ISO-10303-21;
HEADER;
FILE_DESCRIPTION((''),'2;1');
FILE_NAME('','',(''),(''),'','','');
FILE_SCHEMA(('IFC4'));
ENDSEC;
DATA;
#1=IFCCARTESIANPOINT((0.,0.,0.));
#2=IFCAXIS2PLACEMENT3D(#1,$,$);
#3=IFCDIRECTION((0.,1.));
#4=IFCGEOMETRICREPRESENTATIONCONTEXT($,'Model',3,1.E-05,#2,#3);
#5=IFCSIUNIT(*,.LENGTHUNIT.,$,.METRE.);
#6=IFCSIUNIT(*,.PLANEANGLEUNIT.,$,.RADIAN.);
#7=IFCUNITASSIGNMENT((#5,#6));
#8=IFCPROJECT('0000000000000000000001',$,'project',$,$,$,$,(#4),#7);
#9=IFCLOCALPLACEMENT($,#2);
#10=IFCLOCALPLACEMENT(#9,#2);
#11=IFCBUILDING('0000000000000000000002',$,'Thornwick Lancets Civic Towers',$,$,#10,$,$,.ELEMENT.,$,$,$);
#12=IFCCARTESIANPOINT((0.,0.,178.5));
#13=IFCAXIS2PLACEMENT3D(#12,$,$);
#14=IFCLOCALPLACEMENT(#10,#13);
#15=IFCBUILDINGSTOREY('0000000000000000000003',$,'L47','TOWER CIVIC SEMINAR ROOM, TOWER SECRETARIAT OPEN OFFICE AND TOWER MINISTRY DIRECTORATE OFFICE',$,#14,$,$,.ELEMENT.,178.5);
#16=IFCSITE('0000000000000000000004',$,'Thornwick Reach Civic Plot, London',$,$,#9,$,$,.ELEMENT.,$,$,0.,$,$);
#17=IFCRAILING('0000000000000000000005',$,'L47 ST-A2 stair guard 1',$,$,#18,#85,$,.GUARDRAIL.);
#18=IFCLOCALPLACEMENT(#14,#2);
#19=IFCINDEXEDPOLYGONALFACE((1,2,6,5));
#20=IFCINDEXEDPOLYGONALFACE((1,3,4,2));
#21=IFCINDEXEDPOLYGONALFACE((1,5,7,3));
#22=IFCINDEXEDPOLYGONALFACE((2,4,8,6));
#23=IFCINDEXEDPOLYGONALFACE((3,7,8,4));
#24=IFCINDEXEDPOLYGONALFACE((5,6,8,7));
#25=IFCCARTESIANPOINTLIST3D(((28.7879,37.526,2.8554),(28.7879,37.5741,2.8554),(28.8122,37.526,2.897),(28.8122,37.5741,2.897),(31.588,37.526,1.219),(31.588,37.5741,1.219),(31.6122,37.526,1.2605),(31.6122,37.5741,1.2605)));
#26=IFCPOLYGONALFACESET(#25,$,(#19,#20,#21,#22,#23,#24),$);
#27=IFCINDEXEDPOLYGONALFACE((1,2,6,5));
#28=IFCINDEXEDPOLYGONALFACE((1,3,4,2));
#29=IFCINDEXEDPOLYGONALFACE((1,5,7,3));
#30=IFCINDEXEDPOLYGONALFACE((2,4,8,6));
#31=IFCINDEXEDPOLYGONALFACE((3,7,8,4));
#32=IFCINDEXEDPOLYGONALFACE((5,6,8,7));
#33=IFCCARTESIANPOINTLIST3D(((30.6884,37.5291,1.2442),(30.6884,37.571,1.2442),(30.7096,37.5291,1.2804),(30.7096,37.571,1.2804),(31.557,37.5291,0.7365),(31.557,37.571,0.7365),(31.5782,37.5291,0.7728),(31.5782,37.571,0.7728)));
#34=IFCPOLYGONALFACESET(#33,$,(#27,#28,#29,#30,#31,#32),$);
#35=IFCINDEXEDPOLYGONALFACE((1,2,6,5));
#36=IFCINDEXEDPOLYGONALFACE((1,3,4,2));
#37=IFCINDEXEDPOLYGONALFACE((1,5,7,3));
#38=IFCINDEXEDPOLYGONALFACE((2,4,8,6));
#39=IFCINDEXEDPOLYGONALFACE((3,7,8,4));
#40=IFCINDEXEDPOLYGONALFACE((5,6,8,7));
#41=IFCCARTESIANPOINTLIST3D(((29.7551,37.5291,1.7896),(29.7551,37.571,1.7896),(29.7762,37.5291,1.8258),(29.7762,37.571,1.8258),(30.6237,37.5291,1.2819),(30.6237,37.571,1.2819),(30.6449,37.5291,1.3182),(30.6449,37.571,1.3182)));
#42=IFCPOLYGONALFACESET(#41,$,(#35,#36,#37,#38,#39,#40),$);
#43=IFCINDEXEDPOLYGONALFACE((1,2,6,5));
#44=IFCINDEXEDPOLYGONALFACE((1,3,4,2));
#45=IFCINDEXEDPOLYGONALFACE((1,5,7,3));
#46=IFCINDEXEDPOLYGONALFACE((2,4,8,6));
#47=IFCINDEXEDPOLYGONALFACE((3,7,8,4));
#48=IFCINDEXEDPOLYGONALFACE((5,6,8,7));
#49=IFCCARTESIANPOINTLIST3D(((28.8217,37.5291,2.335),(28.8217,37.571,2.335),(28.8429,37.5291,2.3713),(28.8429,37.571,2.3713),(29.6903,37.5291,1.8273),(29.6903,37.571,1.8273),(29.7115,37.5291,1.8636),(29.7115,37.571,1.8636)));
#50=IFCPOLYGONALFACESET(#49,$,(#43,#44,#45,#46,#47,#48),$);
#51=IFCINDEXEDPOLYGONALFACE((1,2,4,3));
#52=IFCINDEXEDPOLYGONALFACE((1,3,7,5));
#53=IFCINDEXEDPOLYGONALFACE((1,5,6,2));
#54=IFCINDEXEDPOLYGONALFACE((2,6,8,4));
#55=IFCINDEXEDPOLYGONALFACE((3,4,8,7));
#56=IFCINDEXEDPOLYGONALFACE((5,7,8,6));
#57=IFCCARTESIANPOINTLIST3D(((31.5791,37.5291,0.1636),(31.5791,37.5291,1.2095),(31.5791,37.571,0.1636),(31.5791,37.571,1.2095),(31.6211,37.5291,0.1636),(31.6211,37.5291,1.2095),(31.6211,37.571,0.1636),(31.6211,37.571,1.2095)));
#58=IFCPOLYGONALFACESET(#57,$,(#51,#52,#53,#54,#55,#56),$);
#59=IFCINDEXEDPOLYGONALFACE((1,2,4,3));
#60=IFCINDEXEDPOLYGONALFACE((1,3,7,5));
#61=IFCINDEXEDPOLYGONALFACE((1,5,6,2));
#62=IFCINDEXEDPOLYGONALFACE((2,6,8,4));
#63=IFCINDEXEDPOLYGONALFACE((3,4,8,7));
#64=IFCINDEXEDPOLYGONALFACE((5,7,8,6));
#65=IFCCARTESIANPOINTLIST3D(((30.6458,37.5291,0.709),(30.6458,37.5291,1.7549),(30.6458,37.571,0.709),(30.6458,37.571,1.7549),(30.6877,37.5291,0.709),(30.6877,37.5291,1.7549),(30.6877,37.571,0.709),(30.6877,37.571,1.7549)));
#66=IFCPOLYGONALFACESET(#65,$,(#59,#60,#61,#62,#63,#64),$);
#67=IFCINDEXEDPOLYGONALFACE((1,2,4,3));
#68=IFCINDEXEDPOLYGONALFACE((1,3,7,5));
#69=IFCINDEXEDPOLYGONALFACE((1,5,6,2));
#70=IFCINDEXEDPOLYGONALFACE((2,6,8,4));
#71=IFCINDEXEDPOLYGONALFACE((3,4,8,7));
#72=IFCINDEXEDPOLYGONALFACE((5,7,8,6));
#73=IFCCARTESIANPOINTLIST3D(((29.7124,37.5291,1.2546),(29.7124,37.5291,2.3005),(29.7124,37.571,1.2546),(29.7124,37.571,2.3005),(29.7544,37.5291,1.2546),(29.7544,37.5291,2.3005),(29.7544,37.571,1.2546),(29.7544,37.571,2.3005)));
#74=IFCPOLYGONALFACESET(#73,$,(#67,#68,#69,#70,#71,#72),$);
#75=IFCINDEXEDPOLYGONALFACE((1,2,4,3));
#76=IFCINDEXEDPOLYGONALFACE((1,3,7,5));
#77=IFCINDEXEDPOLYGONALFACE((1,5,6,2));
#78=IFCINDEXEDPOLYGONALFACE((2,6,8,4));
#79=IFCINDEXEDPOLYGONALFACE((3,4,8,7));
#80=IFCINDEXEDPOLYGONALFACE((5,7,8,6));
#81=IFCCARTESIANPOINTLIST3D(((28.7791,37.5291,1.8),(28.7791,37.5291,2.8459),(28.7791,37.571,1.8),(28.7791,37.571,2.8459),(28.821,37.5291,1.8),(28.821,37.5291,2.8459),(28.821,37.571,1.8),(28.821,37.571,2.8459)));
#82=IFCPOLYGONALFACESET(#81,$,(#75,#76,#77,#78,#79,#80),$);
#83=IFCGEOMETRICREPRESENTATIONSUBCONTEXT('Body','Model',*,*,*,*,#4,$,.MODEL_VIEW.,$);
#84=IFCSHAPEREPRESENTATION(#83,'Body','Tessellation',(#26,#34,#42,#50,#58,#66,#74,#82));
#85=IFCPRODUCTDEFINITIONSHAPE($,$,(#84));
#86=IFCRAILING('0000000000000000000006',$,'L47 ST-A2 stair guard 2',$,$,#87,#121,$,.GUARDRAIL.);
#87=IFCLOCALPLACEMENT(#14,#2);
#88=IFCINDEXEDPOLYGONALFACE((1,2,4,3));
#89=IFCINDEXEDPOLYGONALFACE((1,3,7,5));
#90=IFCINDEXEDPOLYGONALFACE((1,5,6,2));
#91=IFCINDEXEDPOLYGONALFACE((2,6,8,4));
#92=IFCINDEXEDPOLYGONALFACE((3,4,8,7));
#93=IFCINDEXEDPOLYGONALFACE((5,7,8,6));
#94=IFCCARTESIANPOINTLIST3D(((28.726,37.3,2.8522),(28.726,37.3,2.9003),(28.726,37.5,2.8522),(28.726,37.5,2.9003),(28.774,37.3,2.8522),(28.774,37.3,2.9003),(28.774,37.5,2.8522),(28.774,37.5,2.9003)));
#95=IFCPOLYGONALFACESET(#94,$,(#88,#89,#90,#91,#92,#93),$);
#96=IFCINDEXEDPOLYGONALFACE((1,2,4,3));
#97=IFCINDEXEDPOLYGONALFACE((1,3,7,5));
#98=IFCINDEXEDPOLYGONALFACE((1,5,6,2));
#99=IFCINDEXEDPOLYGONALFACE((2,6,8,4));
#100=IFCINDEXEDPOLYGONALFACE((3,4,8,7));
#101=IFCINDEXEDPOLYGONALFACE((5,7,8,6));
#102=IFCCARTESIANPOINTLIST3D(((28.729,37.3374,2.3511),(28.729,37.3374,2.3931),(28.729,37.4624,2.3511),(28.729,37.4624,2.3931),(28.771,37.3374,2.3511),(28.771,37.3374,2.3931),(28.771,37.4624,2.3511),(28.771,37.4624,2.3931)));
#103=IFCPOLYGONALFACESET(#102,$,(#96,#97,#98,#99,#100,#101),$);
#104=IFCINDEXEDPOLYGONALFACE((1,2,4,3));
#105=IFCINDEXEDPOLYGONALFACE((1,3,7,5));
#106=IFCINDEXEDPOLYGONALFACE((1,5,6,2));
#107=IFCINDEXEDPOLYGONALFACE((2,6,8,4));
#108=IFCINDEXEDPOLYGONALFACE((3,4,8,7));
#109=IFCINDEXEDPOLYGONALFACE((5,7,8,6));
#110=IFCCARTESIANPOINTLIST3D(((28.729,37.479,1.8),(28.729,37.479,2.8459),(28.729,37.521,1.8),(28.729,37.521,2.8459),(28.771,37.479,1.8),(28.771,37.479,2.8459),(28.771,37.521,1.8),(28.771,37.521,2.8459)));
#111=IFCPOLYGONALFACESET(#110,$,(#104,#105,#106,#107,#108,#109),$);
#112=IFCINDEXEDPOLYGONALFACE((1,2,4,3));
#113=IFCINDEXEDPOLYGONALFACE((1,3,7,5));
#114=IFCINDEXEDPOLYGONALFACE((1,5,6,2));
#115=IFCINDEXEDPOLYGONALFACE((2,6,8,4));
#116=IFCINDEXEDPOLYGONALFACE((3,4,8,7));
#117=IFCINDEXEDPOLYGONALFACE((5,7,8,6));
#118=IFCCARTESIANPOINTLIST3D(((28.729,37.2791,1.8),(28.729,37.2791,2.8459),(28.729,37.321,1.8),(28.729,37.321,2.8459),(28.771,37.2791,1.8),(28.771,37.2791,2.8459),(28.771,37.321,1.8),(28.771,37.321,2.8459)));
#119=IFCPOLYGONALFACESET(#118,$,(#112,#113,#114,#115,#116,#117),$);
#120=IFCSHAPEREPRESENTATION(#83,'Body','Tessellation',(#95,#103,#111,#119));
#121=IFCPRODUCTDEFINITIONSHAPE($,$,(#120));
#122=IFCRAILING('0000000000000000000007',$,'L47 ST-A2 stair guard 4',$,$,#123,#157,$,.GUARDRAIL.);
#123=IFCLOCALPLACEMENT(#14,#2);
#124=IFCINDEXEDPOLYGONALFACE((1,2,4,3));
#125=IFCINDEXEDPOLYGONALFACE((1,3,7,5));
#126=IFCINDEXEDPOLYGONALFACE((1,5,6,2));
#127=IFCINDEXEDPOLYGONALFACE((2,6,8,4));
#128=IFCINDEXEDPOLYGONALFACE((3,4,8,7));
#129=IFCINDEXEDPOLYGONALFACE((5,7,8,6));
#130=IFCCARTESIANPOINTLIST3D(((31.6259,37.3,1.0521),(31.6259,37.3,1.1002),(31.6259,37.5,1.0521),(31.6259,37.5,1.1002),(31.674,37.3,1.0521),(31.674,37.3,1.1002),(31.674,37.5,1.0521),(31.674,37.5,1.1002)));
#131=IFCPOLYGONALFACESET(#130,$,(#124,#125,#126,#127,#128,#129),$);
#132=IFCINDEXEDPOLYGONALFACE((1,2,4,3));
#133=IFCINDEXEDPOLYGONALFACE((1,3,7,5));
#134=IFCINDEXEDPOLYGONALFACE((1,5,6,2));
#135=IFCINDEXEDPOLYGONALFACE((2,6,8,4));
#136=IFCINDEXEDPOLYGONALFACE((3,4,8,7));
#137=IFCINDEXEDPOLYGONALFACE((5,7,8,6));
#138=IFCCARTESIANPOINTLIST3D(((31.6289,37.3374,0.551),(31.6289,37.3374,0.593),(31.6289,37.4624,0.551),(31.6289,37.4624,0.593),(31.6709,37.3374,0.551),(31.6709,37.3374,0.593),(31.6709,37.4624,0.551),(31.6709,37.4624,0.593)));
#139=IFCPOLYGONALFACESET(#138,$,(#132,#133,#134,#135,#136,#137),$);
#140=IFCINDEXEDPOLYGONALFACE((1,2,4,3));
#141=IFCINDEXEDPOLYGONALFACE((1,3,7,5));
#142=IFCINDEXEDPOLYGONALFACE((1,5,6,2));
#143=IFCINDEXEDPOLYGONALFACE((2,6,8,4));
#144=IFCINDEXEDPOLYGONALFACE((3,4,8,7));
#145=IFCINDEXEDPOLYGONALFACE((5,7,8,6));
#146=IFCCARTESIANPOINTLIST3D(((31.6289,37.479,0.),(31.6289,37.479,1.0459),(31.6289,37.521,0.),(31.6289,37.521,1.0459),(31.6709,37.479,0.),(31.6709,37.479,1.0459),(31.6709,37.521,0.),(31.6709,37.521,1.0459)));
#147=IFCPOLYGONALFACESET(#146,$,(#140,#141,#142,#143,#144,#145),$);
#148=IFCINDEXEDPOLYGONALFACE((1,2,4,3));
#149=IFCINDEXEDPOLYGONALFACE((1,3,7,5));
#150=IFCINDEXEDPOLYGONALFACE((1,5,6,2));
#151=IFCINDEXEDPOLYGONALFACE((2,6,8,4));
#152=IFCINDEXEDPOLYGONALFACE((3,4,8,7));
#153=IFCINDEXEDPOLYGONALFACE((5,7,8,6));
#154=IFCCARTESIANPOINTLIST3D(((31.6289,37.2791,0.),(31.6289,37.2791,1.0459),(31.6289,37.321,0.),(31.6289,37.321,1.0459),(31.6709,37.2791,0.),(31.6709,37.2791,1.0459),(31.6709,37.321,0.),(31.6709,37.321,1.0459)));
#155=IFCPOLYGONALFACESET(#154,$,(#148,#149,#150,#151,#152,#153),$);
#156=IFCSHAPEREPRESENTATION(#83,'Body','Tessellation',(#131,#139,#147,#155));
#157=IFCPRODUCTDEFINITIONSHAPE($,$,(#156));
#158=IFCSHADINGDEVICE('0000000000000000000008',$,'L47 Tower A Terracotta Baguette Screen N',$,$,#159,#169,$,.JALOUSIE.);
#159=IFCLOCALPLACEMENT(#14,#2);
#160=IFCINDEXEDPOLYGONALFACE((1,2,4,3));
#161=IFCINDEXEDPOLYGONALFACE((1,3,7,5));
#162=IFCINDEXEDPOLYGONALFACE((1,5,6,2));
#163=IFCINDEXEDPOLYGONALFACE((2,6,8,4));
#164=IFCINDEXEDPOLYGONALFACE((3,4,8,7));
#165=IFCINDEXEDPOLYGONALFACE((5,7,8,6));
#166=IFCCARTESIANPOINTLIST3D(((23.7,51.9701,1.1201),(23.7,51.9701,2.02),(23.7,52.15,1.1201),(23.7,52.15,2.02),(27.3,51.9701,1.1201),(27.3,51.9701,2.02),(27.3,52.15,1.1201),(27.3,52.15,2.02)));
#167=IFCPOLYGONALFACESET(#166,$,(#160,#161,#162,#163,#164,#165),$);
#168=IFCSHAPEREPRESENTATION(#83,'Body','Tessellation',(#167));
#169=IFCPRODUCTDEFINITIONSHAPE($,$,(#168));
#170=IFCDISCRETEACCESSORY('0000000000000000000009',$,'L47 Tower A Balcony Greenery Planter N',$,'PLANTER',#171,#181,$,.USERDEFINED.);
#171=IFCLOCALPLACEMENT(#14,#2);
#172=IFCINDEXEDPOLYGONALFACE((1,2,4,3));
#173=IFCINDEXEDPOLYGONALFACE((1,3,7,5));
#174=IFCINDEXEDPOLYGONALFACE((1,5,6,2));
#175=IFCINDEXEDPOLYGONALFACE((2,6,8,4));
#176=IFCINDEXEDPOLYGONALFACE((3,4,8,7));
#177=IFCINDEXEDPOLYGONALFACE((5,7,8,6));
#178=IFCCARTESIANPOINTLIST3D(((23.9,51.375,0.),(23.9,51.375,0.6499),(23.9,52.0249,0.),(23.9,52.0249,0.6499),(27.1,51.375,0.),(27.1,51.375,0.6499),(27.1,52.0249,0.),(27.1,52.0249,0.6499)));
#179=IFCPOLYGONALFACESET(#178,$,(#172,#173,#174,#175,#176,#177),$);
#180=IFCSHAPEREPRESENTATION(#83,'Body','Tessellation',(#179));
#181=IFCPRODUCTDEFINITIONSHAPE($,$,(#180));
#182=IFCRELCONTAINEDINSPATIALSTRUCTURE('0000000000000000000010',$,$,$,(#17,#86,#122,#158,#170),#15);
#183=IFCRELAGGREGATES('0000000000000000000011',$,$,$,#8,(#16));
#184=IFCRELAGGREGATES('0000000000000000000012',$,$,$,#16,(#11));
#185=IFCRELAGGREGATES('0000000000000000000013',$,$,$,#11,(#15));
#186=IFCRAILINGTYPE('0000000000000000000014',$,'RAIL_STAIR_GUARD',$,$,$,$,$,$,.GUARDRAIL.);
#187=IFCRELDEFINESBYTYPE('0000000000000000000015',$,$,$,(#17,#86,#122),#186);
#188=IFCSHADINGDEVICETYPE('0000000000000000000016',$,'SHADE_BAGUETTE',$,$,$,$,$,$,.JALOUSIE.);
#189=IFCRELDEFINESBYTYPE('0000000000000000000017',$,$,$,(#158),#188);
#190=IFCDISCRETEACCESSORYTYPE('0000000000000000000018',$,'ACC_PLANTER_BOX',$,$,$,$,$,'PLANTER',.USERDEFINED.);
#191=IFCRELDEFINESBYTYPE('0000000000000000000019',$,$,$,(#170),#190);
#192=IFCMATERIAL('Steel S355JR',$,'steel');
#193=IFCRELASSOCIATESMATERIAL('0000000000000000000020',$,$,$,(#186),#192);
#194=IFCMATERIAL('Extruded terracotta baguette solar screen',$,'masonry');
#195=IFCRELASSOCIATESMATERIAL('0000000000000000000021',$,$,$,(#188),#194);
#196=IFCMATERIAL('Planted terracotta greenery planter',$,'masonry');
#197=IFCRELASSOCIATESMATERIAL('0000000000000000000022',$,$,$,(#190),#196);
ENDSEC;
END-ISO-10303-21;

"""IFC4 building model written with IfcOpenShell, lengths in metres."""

from ifc_helpers import new_model, si_unit, direction, frame, origin, origin_2d, place, context, subcontext, project, spatial, rectangle, extrude, material, type_object, element, save


model = new_model("IFC4")

# Units and contexts
model_context = context("Model", 3, precision=1e-05, world=origin(), true_north=direction((0.0, 1.0)))
body_context = subcontext(model_context, "Body", "Model", "MODEL_VIEW")
ifc_project = project(units=[si_unit("LENGTHUNIT", "METRE"), si_unit("PLANEANGLEUNIT", "RADIAN")], contexts=[model_context])

# Site, building, storey
site_placement = place(None, origin())
site = spatial("IfcSite", under=ifc_project, at=site_placement, Name="Thornwick Reach Civic Plot, London", CompositionType="ELEMENT", RefElevation=0.0)
building_placement = place(site_placement, origin())
building = spatial("IfcBuilding", under=site, at=building_placement, Name="Thornwick Lancets Civic Towers", CompositionType="ELEMENT")
storey_placement = place(building_placement, frame((0.0, 0.0, 178.5)))
storey = spatial("IfcBuildingStorey", under=building, at=storey_placement, Name="L47", Description="TOWER CIVIC SEMINAR ROOM, TOWER SECRETARIAT OPEN OFFICE AND TOWER MINISTRY DIRECTORATE OFFICE", CompositionType="ELEMENT", Elevation=178.5)

# Shared definitions
ifc_material_1 = material(Name="Steel S355JR", Category="steel")

# Railings
railing_type_1 = type_object("IfcRailingType", Name="RAIL_STAIR_GUARD", PredefinedType="GUARDRAIL", material=ifc_material_1)
railing_1_placement = place(storey_placement, frame((31.6001, 37.55, 0.1636)))
element("IfcRailing", 1, at=railing_1_placement, inside=storey, type_object=railing_type_1, Name="L47 ST-A2 stair guard 1", PredefinedType="GUARDRAIL", context=body_context, shape_type="SweptSolid", body=[
    extrude(rectangle(XDim=0.0481, YDim=0.0481, at=origin_2d()), frame((0.0, 0.0, 1.0762), z_axis=(-0.863361, 0.0, 0.504587), x_axis=(0.0, -1.0, 0.0)), (0.0, 0.0, 1.0), 3.2432),
    extrude(rectangle(XDim=0.042, YDim=0.042, at=origin_2d()), frame((-0.0325, 0.0, 0.5911), z_axis=(-0.863361, 0.0, 0.504587), x_axis=(0.0, -1.0, 0.0)), (0.0, 0.0, 1.0), 1.0061),
    extrude(rectangle(XDim=0.042, YDim=0.042, at=origin_2d()), frame((-0.9658, 0.0, 1.1365), z_axis=(-0.863361, 0.0, 0.504587), x_axis=(0.0, -1.0, 0.0)), (0.0, 0.0, 1.0), 1.0061),
    extrude(rectangle(XDim=0.042, YDim=0.042, at=origin_2d()), frame((-1.8992, 0.0, 1.6819), z_axis=(-0.863361, 0.0, 0.504587), x_axis=(0.0, -1.0, 0.0)), (0.0, 0.0, 1.0), 1.0061),
    extrude(rectangle(XDim=0.042, YDim=0.042, at=origin_2d()), origin(), (0.0, 0.0, 1.0), 1.0459),
    extrude(rectangle(XDim=0.042, YDim=0.042, at=origin_2d()), frame((-0.9333, 0.0, 0.5454)), (0.0, 0.0, 1.0), 1.0459),
    extrude(rectangle(XDim=0.042, YDim=0.042, at=origin_2d()), frame((-1.8667, 0.0, 1.0911)), (0.0, 0.0, 1.0), 1.0459),
    extrude(rectangle(XDim=0.042, YDim=0.042, at=origin_2d()), frame((-2.8, 0.0, 1.6365)), (0.0, 0.0, 1.0), 1.0459),
])
for number, where, name in (
    (2, (28.75, 37.5, 1.8), "L47 ST-A2 stair guard 2"),
    (3, (31.6499, 37.5, 0.0), "L47 ST-A2 stair guard 4"),
):
    element("IfcRailing", number, at=place(storey_placement, frame(where)), inside=storey, type_object=railing_type_1, Name=name, PredefinedType="GUARDRAIL", context=body_context, shape_type="SweptSolid", body=[
        extrude(rectangle(XDim=0.0481, YDim=0.0481, at=origin_2d()), frame((0.0, 0.0, 1.0762), z_axis=(0.0, -1.0, 0.0), x_axis=(1.0, 0.0, 0.0)), (0.0, 0.0, 1.0), 0.2),
        extrude(rectangle(XDim=0.042, YDim=0.042, at=origin_2d()), frame((0.0, -0.0376, 0.572), z_axis=(0.0, -1.0, 0.0), x_axis=(1.0, 0.0, 0.0)), (0.0, 0.0, 1.0), 0.125),
        extrude(rectangle(XDim=0.042, YDim=0.042, at=origin_2d()), origin(), (0.0, 0.0, 1.0), 1.0459),
        extrude(rectangle(XDim=0.042, YDim=0.042, at=origin_2d()), frame((0.0, -0.2, 0.0)), (0.0, 0.0, 1.0), 1.0459),
    ])

# Shading device
ifc_material_2 = material(Name="Extruded terracotta baguette solar screen", Category="masonry")
shading_device_type = type_object("IfcShadingDeviceType", Name="SHADE_BAGUETTE", PredefinedType="JALOUSIE", material=ifc_material_2)
shading_device_placement = place(storey_placement, frame((25.5, 52.0601, 1.1201), z_axis=(0.0, 0.0, 1.0), x_axis=(1.0, 0.0, 0.0)))
element("IfcShadingDevice", 4, at=shading_device_placement, inside=storey, type_object=shading_device_type, Name="L47 Tower A Terracotta Baguette Screen N", PredefinedType="JALOUSIE", context=body_context, shape_type="SweptSolid", body=[
    extrude(rectangle(XDim=3.6001, YDim=0.1799, at=origin_2d()), origin(), (0.0, 0.0, 1.0), 0.8999),
])

# Discrete accessory
ifc_material_3 = material(Name="Planted terracotta greenery planter", Category="masonry")
discrete_accessory_type = type_object("IfcDiscreteAccessoryType", Name="ACC_PLANTER_BOX", ElementType="PLANTER", PredefinedType="USERDEFINED", material=ifc_material_3)
discrete_accessory_placement = place(storey_placement, frame((25.5, 51.7, 0.0), z_axis=(0.0, 0.0, 1.0), x_axis=(1.0, 0.0, 0.0)))
element("IfcDiscreteAccessory", 5, at=discrete_accessory_placement, inside=storey, type_object=discrete_accessory_type, Name="L47 Tower A Balcony Greenery Planter N", ObjectType="PLANTER", PredefinedType="USERDEFINED", context=body_context, shape_type="SweptSolid", body=[
    extrude(rectangle(XDim=3.2, YDim=0.6499, at=origin_2d()), origin(), (0.0, 0.0, 1.0), 0.6499),
])

save(model, "model.ifc")
